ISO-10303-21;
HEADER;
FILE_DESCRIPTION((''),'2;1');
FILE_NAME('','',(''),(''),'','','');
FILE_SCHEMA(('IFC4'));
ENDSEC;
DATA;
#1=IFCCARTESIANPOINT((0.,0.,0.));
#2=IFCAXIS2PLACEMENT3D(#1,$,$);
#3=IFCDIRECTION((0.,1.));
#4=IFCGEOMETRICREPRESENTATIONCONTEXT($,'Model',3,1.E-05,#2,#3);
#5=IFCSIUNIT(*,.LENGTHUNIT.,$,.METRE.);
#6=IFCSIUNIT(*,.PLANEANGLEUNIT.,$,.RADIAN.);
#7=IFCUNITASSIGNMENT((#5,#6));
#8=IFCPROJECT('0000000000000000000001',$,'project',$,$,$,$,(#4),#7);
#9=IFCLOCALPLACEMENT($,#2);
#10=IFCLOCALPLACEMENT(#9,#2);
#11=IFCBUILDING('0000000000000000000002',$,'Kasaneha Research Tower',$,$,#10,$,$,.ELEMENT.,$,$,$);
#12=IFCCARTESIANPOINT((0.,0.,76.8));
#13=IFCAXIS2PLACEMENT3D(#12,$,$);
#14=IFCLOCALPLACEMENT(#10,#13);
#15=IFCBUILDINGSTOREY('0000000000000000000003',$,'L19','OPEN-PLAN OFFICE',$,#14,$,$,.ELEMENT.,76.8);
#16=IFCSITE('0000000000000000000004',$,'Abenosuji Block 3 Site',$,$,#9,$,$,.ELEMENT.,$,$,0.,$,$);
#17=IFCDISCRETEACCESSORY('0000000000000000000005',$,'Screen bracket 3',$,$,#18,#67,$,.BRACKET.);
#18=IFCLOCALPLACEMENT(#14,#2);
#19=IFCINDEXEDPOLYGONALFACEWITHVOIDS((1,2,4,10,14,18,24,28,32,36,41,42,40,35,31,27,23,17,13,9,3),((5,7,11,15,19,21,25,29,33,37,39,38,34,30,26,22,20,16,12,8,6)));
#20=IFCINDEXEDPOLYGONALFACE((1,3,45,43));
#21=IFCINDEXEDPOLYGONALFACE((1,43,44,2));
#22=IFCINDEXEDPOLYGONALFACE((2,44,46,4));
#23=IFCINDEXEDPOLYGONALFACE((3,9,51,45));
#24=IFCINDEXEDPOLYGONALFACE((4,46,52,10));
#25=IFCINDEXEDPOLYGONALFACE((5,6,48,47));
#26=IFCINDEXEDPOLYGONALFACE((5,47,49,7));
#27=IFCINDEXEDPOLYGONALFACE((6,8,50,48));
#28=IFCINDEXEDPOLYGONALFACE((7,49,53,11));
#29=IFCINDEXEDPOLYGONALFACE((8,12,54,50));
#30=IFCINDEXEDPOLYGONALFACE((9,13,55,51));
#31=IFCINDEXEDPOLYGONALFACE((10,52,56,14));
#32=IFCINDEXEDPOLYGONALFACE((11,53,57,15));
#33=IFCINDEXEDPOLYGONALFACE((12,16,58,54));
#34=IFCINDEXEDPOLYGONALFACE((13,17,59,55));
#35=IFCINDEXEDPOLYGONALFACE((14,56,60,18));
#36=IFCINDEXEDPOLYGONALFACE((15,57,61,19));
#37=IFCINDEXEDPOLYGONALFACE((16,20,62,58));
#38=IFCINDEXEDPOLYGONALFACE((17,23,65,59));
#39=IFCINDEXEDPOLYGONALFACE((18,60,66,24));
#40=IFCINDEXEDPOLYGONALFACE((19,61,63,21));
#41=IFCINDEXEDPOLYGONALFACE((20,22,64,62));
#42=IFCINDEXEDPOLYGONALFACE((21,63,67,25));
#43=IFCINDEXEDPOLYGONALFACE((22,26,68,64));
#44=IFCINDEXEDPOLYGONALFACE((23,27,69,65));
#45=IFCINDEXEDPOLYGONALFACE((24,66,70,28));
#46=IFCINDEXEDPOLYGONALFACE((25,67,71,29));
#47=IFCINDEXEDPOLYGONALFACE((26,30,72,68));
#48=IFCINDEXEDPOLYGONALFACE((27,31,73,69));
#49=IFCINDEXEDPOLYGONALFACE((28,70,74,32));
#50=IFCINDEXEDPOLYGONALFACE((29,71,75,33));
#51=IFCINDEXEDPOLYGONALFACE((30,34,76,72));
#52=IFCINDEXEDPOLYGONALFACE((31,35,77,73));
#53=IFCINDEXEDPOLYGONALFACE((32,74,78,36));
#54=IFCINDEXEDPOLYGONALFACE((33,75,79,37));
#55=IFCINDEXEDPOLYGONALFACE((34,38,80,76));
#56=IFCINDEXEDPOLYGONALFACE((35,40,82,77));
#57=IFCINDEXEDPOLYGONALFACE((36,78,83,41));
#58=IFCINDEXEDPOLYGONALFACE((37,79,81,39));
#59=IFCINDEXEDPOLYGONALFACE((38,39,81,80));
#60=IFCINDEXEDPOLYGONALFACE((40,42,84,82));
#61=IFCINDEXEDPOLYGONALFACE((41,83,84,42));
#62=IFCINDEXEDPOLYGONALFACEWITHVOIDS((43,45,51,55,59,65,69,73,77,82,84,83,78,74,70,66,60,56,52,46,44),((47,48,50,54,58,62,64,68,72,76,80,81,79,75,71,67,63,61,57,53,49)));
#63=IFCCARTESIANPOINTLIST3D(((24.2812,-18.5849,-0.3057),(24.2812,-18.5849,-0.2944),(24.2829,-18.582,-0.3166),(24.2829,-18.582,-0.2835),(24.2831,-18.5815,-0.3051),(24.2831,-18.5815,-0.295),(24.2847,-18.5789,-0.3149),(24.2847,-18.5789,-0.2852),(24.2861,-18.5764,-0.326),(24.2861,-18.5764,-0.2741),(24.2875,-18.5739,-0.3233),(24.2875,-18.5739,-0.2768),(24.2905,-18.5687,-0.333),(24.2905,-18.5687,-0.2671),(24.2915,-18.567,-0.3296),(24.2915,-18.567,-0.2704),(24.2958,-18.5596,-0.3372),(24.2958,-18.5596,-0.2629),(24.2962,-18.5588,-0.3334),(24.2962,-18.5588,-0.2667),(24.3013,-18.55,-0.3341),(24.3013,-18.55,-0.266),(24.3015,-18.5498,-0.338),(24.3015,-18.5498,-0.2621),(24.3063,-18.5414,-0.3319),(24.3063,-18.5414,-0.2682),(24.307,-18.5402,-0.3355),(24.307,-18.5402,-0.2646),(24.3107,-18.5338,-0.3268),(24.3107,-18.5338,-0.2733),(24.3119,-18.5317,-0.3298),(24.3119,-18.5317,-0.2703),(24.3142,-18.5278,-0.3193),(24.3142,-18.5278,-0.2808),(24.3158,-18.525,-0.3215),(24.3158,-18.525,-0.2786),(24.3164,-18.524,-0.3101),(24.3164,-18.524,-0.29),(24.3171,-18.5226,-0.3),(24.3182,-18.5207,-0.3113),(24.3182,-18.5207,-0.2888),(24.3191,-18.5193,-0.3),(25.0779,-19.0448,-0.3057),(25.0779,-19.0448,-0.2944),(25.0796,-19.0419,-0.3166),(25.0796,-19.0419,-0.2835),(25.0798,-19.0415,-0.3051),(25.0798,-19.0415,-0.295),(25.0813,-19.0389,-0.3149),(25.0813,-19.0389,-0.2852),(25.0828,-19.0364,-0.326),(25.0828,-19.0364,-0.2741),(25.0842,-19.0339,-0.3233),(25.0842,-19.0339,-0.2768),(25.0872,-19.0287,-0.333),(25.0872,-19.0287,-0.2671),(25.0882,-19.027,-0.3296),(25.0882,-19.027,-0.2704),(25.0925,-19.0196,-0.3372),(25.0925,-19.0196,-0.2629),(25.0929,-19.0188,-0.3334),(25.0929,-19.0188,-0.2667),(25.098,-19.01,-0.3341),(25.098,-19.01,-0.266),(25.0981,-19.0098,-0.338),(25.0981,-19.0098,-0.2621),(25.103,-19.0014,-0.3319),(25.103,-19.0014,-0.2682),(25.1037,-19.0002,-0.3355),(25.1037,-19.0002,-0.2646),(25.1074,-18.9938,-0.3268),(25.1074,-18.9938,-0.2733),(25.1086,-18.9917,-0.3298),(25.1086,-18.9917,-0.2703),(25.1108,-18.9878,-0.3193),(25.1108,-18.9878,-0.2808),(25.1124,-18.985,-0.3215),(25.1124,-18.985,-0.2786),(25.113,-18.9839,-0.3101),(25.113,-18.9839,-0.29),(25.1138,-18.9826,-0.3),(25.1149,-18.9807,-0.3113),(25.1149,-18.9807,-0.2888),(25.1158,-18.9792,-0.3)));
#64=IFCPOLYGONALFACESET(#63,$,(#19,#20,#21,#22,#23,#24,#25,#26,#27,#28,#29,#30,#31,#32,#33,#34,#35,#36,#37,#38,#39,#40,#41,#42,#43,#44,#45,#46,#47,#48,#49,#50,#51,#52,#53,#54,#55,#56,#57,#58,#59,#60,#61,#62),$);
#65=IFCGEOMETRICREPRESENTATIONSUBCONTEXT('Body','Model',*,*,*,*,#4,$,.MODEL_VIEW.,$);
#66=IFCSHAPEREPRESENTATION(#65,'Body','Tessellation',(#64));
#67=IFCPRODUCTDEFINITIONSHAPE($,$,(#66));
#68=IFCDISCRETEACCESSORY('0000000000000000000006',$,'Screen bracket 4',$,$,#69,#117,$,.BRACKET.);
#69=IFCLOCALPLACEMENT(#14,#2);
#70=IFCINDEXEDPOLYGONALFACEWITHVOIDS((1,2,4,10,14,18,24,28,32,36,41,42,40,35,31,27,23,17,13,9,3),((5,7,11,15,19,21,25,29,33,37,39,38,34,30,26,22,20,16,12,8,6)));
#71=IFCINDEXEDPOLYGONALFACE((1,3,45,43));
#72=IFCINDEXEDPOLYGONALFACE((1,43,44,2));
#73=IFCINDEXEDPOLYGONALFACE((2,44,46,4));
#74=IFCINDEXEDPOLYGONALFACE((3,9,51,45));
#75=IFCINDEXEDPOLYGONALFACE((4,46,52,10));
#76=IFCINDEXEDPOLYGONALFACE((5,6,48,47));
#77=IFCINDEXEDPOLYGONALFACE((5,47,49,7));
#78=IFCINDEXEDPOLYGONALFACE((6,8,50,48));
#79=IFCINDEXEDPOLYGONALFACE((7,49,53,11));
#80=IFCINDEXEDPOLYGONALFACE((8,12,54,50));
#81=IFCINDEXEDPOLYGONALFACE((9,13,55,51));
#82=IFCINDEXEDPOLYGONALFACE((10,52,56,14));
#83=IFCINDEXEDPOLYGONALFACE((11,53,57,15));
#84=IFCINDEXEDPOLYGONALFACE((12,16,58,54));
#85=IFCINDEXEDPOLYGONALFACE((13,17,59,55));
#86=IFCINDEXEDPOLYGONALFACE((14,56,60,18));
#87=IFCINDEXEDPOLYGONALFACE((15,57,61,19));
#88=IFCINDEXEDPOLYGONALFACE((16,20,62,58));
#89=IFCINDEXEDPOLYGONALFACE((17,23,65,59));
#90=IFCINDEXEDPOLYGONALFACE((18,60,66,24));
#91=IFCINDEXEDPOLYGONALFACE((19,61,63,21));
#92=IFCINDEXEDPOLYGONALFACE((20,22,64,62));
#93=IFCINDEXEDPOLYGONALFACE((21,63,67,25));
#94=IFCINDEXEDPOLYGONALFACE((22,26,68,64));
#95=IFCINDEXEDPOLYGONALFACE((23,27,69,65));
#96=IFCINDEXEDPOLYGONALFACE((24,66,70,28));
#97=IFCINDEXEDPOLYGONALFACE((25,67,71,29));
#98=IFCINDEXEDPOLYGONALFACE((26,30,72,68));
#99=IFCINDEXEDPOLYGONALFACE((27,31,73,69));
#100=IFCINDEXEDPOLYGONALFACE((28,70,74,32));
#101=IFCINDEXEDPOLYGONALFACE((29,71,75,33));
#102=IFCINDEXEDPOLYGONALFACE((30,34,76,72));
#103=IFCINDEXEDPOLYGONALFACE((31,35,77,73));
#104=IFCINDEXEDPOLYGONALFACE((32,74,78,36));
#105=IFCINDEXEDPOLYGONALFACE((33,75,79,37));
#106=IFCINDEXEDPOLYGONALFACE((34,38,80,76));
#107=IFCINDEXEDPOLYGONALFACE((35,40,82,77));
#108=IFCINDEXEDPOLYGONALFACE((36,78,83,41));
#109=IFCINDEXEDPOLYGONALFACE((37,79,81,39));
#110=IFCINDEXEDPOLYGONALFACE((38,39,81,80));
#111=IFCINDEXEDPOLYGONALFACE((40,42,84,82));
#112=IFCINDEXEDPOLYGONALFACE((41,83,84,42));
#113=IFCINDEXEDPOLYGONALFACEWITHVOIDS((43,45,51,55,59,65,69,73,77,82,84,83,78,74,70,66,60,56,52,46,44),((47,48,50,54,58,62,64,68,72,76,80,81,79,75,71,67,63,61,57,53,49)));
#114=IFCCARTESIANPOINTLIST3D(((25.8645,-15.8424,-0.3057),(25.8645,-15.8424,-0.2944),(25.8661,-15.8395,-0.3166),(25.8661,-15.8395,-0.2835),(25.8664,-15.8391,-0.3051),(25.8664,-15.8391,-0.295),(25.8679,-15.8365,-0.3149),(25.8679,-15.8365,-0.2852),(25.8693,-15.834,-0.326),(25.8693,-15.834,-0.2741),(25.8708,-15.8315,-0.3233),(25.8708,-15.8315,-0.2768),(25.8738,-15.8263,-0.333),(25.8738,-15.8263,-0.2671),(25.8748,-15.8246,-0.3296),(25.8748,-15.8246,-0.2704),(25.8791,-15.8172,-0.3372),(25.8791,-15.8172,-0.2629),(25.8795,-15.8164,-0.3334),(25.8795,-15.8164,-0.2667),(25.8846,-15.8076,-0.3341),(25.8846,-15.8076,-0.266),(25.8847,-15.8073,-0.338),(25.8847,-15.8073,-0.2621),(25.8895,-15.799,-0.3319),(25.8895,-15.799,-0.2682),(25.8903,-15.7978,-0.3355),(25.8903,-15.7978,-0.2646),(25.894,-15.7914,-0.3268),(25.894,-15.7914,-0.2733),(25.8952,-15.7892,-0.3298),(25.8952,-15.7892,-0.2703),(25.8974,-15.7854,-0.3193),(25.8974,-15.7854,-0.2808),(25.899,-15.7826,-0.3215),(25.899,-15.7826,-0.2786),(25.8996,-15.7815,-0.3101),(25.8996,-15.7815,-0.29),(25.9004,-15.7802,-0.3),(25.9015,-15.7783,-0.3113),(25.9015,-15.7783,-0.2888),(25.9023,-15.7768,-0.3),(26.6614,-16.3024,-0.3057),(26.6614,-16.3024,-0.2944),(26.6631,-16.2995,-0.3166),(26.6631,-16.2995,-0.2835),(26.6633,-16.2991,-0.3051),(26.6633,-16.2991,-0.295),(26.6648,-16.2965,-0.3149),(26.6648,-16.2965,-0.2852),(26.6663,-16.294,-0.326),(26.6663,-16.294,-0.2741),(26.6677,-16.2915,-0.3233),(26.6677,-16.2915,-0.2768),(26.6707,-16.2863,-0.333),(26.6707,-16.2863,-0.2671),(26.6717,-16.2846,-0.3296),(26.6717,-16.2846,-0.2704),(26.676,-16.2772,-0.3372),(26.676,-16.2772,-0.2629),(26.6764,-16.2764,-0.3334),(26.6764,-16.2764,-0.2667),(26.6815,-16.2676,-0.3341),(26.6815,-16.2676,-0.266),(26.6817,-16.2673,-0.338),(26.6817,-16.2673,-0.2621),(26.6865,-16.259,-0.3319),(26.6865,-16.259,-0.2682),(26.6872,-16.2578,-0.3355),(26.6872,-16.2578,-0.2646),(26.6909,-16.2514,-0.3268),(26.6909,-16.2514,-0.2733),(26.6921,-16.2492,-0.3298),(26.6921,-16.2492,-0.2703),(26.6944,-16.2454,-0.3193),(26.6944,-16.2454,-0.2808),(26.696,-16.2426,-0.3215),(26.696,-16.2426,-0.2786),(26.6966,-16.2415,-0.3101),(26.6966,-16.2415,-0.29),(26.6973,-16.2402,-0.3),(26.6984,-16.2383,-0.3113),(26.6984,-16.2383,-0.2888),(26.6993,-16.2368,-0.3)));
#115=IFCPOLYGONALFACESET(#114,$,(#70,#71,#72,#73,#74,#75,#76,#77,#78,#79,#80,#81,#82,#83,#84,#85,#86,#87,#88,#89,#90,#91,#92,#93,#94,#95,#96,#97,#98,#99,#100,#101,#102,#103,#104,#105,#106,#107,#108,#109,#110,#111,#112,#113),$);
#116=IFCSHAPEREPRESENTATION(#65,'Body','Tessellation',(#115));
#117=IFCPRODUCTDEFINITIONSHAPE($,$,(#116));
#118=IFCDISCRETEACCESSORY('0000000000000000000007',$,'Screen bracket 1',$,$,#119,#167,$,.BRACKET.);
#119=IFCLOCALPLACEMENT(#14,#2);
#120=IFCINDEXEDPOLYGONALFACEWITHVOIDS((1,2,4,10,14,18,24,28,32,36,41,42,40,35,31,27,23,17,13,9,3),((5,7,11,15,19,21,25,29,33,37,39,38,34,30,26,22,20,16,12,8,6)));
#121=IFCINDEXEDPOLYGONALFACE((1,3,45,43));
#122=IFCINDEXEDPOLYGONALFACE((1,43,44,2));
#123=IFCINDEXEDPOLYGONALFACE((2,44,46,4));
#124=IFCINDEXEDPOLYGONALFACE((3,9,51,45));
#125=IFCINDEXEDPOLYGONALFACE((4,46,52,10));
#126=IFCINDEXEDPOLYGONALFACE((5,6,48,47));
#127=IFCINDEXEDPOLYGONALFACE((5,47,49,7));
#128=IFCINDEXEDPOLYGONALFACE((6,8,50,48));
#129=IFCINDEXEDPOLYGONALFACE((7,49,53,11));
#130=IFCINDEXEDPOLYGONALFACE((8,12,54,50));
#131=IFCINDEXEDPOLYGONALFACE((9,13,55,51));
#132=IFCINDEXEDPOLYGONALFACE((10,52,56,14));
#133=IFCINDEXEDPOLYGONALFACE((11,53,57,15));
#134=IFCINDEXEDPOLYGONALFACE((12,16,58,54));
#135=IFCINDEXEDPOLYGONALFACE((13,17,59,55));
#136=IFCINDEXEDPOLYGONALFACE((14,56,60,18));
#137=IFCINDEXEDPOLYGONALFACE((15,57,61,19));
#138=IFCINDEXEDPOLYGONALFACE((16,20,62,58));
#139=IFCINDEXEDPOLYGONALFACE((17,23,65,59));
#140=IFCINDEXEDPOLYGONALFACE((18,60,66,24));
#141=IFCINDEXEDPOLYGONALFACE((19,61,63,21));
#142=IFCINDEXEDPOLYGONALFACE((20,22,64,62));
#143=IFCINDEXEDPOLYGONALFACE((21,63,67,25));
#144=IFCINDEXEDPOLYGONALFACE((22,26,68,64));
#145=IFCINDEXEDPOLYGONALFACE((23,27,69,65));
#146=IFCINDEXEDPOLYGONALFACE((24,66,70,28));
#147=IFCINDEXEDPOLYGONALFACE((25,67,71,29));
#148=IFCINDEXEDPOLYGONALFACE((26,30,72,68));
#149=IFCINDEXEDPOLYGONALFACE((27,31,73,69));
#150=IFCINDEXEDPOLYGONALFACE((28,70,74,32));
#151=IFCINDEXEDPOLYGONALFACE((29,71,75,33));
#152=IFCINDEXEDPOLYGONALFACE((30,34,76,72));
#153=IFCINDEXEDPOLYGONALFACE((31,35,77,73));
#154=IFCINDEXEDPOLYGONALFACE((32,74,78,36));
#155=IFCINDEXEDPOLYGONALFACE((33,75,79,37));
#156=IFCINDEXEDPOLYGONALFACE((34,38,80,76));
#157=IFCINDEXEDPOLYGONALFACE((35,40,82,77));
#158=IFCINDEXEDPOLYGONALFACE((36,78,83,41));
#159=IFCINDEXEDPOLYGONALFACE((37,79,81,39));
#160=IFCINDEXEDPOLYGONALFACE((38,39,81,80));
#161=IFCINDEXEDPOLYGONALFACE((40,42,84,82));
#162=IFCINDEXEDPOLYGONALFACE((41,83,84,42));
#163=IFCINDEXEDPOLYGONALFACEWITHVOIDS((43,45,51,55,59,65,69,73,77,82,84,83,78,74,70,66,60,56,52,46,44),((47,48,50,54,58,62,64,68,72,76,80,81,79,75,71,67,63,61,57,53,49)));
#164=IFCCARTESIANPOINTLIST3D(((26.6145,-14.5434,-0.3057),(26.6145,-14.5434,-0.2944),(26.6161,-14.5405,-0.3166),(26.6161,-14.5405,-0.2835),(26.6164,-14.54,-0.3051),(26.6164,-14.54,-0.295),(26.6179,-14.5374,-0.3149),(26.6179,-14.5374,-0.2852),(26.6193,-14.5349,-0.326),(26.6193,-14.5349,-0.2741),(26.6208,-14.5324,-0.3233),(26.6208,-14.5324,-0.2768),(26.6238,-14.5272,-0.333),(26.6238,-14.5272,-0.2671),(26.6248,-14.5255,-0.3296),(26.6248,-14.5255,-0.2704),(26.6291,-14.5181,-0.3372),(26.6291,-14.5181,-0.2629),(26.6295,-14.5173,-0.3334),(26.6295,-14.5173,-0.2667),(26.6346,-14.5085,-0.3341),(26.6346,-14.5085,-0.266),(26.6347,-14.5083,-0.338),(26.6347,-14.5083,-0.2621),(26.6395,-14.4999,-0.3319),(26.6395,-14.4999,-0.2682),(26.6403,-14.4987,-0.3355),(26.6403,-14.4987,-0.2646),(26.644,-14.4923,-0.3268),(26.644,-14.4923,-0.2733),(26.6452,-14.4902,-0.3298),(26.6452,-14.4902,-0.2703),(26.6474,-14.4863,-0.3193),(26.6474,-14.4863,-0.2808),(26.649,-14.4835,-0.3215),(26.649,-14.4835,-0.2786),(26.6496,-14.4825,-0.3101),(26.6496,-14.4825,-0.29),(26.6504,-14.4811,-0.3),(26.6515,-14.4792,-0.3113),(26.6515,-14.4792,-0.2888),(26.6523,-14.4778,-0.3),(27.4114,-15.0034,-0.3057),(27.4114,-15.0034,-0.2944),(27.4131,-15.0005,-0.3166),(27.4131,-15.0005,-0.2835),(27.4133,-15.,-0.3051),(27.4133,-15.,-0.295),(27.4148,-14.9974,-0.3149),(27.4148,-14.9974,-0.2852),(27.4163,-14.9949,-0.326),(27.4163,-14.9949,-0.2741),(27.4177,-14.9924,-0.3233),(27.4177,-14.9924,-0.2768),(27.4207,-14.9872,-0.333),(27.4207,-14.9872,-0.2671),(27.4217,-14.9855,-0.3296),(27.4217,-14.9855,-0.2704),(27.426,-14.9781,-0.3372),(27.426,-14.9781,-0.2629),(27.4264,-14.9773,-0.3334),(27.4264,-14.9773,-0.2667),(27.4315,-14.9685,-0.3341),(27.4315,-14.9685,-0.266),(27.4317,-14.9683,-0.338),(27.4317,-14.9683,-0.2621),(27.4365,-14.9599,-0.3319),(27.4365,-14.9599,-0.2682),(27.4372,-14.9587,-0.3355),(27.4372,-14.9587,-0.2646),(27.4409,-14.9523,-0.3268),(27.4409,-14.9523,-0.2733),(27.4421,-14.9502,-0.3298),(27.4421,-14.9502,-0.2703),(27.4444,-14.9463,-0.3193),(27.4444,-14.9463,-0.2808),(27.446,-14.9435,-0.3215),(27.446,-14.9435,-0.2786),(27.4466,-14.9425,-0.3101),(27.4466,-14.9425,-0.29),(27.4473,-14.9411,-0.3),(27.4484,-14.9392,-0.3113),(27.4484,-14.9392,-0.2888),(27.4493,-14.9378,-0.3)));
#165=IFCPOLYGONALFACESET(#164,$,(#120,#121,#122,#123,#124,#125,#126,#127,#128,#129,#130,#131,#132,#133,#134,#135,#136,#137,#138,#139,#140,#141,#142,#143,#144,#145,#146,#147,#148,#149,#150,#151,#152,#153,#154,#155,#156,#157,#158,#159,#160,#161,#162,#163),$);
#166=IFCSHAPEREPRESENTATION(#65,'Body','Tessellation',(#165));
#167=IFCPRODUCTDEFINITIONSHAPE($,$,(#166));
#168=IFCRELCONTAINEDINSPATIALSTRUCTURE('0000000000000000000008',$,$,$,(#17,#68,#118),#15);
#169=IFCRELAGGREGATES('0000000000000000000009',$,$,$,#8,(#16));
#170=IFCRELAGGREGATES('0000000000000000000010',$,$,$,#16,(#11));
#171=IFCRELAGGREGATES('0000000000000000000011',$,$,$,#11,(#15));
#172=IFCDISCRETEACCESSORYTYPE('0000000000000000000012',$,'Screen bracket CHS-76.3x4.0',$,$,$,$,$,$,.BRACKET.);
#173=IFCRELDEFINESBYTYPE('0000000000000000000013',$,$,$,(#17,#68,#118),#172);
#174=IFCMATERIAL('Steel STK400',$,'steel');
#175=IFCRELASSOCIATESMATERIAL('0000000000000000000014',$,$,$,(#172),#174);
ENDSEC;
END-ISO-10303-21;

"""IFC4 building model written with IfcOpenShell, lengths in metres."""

from ifc_helpers import new_model, si_unit, direction, frame, origin, origin_2d, place, context, subcontext, project, spatial, hollow_circle, extrude, material, material_profile, profile_set, type_object, element, save


model = new_model("IFC4")

# Units and contexts
model_context = context("Model", 3, precision=1e-05, world=origin(), true_north=direction((0.0, 1.0)))
body_context = subcontext(model_context, "Body", "Model", "MODEL_VIEW")
ifc_project = project(units=[si_unit("LENGTHUNIT", "METRE"), si_unit("PLANEANGLEUNIT", "RADIAN")], contexts=[model_context])

# Site, building, storey
site_placement = place(None, origin())
site = spatial("IfcSite", under=ifc_project, at=site_placement, Name="Abenosuji Block 3 Site", CompositionType="ELEMENT", RefElevation=0.0)
building_placement = place(site_placement, origin())
building = spatial("IfcBuilding", under=site, at=building_placement, Name="Kasaneha Research Tower", CompositionType="ELEMENT")
storey_placement = place(building_placement, frame((0.0, 0.0, 76.8)))
storey = spatial("IfcBuildingStorey", under=building, at=storey_placement, Name="L19", Description="OPEN-PLAN OFFICE", CompositionType="ELEMENT", Elevation=76.8)

# Discrete accessories
ifc_material_1 = material(Name="Steel STK400", Category="steel")
ifc_material_profile_1 = material_profile(ifc_material_1, hollow_circle(Radius=0.0381, WallThickness=0.0039, at=origin_2d()), Name="CHS-76.3x4.0")
ifc_profile_set_1 = profile_set([ifc_material_profile_1], Name="Steel STK400")
discrete_accessory_type = type_object("IfcDiscreteAccessoryType", Name="Screen bracket CHS-76.3x4.0", PredefinedType="BRACKET", material=ifc_profile_set_1)
discrete_accessory_1_placement = place(storey_placement, frame((24.3, -18.5522, -0.3), z_axis=(0.866013, -0.500021, 0.0), x_axis=(0.500021, 0.866013, 0.0)))
element("IfcDiscreteAccessory", 1, at=discrete_accessory_1_placement, inside=storey, type_object=discrete_accessory_type, Name="Screen bracket 3", PredefinedType="BRACKET", context=body_context, shape_type="SweptSolid", body=[
    extrude(hollow_circle(Radius=0.0381, WallThickness=0.0039, at=origin_2d()), origin(), (0.0, 0.0, 1.0), 0.9199),
])
for number, where, z_axis, x_axis, name in (
    (2, (25.8833, -15.8098, -0.3), (0.86608, -0.499906, 0.0), (0.499906, 0.86608, 0.0), "Screen bracket 4"),
    (3, (26.6333, -14.5107, -0.3), (0.86608, -0.499906, 0.0), (0.499906, 0.86608, 0.0), "Screen bracket 1"),
):
    element("IfcDiscreteAccessory", number, at=place(storey_placement, frame(where, z_axis=z_axis, x_axis=x_axis)), inside=storey, type_object=discrete_accessory_type, Name=name, PredefinedType="BRACKET", context=body_context, shape_type="SweptSolid", body=[
        extrude(hollow_circle(Radius=0.0381, WallThickness=0.0039, at=origin_2d()), origin(), (0.0, 0.0, 1.0), 0.9202),
    ])

save(model, "model.ifc")
